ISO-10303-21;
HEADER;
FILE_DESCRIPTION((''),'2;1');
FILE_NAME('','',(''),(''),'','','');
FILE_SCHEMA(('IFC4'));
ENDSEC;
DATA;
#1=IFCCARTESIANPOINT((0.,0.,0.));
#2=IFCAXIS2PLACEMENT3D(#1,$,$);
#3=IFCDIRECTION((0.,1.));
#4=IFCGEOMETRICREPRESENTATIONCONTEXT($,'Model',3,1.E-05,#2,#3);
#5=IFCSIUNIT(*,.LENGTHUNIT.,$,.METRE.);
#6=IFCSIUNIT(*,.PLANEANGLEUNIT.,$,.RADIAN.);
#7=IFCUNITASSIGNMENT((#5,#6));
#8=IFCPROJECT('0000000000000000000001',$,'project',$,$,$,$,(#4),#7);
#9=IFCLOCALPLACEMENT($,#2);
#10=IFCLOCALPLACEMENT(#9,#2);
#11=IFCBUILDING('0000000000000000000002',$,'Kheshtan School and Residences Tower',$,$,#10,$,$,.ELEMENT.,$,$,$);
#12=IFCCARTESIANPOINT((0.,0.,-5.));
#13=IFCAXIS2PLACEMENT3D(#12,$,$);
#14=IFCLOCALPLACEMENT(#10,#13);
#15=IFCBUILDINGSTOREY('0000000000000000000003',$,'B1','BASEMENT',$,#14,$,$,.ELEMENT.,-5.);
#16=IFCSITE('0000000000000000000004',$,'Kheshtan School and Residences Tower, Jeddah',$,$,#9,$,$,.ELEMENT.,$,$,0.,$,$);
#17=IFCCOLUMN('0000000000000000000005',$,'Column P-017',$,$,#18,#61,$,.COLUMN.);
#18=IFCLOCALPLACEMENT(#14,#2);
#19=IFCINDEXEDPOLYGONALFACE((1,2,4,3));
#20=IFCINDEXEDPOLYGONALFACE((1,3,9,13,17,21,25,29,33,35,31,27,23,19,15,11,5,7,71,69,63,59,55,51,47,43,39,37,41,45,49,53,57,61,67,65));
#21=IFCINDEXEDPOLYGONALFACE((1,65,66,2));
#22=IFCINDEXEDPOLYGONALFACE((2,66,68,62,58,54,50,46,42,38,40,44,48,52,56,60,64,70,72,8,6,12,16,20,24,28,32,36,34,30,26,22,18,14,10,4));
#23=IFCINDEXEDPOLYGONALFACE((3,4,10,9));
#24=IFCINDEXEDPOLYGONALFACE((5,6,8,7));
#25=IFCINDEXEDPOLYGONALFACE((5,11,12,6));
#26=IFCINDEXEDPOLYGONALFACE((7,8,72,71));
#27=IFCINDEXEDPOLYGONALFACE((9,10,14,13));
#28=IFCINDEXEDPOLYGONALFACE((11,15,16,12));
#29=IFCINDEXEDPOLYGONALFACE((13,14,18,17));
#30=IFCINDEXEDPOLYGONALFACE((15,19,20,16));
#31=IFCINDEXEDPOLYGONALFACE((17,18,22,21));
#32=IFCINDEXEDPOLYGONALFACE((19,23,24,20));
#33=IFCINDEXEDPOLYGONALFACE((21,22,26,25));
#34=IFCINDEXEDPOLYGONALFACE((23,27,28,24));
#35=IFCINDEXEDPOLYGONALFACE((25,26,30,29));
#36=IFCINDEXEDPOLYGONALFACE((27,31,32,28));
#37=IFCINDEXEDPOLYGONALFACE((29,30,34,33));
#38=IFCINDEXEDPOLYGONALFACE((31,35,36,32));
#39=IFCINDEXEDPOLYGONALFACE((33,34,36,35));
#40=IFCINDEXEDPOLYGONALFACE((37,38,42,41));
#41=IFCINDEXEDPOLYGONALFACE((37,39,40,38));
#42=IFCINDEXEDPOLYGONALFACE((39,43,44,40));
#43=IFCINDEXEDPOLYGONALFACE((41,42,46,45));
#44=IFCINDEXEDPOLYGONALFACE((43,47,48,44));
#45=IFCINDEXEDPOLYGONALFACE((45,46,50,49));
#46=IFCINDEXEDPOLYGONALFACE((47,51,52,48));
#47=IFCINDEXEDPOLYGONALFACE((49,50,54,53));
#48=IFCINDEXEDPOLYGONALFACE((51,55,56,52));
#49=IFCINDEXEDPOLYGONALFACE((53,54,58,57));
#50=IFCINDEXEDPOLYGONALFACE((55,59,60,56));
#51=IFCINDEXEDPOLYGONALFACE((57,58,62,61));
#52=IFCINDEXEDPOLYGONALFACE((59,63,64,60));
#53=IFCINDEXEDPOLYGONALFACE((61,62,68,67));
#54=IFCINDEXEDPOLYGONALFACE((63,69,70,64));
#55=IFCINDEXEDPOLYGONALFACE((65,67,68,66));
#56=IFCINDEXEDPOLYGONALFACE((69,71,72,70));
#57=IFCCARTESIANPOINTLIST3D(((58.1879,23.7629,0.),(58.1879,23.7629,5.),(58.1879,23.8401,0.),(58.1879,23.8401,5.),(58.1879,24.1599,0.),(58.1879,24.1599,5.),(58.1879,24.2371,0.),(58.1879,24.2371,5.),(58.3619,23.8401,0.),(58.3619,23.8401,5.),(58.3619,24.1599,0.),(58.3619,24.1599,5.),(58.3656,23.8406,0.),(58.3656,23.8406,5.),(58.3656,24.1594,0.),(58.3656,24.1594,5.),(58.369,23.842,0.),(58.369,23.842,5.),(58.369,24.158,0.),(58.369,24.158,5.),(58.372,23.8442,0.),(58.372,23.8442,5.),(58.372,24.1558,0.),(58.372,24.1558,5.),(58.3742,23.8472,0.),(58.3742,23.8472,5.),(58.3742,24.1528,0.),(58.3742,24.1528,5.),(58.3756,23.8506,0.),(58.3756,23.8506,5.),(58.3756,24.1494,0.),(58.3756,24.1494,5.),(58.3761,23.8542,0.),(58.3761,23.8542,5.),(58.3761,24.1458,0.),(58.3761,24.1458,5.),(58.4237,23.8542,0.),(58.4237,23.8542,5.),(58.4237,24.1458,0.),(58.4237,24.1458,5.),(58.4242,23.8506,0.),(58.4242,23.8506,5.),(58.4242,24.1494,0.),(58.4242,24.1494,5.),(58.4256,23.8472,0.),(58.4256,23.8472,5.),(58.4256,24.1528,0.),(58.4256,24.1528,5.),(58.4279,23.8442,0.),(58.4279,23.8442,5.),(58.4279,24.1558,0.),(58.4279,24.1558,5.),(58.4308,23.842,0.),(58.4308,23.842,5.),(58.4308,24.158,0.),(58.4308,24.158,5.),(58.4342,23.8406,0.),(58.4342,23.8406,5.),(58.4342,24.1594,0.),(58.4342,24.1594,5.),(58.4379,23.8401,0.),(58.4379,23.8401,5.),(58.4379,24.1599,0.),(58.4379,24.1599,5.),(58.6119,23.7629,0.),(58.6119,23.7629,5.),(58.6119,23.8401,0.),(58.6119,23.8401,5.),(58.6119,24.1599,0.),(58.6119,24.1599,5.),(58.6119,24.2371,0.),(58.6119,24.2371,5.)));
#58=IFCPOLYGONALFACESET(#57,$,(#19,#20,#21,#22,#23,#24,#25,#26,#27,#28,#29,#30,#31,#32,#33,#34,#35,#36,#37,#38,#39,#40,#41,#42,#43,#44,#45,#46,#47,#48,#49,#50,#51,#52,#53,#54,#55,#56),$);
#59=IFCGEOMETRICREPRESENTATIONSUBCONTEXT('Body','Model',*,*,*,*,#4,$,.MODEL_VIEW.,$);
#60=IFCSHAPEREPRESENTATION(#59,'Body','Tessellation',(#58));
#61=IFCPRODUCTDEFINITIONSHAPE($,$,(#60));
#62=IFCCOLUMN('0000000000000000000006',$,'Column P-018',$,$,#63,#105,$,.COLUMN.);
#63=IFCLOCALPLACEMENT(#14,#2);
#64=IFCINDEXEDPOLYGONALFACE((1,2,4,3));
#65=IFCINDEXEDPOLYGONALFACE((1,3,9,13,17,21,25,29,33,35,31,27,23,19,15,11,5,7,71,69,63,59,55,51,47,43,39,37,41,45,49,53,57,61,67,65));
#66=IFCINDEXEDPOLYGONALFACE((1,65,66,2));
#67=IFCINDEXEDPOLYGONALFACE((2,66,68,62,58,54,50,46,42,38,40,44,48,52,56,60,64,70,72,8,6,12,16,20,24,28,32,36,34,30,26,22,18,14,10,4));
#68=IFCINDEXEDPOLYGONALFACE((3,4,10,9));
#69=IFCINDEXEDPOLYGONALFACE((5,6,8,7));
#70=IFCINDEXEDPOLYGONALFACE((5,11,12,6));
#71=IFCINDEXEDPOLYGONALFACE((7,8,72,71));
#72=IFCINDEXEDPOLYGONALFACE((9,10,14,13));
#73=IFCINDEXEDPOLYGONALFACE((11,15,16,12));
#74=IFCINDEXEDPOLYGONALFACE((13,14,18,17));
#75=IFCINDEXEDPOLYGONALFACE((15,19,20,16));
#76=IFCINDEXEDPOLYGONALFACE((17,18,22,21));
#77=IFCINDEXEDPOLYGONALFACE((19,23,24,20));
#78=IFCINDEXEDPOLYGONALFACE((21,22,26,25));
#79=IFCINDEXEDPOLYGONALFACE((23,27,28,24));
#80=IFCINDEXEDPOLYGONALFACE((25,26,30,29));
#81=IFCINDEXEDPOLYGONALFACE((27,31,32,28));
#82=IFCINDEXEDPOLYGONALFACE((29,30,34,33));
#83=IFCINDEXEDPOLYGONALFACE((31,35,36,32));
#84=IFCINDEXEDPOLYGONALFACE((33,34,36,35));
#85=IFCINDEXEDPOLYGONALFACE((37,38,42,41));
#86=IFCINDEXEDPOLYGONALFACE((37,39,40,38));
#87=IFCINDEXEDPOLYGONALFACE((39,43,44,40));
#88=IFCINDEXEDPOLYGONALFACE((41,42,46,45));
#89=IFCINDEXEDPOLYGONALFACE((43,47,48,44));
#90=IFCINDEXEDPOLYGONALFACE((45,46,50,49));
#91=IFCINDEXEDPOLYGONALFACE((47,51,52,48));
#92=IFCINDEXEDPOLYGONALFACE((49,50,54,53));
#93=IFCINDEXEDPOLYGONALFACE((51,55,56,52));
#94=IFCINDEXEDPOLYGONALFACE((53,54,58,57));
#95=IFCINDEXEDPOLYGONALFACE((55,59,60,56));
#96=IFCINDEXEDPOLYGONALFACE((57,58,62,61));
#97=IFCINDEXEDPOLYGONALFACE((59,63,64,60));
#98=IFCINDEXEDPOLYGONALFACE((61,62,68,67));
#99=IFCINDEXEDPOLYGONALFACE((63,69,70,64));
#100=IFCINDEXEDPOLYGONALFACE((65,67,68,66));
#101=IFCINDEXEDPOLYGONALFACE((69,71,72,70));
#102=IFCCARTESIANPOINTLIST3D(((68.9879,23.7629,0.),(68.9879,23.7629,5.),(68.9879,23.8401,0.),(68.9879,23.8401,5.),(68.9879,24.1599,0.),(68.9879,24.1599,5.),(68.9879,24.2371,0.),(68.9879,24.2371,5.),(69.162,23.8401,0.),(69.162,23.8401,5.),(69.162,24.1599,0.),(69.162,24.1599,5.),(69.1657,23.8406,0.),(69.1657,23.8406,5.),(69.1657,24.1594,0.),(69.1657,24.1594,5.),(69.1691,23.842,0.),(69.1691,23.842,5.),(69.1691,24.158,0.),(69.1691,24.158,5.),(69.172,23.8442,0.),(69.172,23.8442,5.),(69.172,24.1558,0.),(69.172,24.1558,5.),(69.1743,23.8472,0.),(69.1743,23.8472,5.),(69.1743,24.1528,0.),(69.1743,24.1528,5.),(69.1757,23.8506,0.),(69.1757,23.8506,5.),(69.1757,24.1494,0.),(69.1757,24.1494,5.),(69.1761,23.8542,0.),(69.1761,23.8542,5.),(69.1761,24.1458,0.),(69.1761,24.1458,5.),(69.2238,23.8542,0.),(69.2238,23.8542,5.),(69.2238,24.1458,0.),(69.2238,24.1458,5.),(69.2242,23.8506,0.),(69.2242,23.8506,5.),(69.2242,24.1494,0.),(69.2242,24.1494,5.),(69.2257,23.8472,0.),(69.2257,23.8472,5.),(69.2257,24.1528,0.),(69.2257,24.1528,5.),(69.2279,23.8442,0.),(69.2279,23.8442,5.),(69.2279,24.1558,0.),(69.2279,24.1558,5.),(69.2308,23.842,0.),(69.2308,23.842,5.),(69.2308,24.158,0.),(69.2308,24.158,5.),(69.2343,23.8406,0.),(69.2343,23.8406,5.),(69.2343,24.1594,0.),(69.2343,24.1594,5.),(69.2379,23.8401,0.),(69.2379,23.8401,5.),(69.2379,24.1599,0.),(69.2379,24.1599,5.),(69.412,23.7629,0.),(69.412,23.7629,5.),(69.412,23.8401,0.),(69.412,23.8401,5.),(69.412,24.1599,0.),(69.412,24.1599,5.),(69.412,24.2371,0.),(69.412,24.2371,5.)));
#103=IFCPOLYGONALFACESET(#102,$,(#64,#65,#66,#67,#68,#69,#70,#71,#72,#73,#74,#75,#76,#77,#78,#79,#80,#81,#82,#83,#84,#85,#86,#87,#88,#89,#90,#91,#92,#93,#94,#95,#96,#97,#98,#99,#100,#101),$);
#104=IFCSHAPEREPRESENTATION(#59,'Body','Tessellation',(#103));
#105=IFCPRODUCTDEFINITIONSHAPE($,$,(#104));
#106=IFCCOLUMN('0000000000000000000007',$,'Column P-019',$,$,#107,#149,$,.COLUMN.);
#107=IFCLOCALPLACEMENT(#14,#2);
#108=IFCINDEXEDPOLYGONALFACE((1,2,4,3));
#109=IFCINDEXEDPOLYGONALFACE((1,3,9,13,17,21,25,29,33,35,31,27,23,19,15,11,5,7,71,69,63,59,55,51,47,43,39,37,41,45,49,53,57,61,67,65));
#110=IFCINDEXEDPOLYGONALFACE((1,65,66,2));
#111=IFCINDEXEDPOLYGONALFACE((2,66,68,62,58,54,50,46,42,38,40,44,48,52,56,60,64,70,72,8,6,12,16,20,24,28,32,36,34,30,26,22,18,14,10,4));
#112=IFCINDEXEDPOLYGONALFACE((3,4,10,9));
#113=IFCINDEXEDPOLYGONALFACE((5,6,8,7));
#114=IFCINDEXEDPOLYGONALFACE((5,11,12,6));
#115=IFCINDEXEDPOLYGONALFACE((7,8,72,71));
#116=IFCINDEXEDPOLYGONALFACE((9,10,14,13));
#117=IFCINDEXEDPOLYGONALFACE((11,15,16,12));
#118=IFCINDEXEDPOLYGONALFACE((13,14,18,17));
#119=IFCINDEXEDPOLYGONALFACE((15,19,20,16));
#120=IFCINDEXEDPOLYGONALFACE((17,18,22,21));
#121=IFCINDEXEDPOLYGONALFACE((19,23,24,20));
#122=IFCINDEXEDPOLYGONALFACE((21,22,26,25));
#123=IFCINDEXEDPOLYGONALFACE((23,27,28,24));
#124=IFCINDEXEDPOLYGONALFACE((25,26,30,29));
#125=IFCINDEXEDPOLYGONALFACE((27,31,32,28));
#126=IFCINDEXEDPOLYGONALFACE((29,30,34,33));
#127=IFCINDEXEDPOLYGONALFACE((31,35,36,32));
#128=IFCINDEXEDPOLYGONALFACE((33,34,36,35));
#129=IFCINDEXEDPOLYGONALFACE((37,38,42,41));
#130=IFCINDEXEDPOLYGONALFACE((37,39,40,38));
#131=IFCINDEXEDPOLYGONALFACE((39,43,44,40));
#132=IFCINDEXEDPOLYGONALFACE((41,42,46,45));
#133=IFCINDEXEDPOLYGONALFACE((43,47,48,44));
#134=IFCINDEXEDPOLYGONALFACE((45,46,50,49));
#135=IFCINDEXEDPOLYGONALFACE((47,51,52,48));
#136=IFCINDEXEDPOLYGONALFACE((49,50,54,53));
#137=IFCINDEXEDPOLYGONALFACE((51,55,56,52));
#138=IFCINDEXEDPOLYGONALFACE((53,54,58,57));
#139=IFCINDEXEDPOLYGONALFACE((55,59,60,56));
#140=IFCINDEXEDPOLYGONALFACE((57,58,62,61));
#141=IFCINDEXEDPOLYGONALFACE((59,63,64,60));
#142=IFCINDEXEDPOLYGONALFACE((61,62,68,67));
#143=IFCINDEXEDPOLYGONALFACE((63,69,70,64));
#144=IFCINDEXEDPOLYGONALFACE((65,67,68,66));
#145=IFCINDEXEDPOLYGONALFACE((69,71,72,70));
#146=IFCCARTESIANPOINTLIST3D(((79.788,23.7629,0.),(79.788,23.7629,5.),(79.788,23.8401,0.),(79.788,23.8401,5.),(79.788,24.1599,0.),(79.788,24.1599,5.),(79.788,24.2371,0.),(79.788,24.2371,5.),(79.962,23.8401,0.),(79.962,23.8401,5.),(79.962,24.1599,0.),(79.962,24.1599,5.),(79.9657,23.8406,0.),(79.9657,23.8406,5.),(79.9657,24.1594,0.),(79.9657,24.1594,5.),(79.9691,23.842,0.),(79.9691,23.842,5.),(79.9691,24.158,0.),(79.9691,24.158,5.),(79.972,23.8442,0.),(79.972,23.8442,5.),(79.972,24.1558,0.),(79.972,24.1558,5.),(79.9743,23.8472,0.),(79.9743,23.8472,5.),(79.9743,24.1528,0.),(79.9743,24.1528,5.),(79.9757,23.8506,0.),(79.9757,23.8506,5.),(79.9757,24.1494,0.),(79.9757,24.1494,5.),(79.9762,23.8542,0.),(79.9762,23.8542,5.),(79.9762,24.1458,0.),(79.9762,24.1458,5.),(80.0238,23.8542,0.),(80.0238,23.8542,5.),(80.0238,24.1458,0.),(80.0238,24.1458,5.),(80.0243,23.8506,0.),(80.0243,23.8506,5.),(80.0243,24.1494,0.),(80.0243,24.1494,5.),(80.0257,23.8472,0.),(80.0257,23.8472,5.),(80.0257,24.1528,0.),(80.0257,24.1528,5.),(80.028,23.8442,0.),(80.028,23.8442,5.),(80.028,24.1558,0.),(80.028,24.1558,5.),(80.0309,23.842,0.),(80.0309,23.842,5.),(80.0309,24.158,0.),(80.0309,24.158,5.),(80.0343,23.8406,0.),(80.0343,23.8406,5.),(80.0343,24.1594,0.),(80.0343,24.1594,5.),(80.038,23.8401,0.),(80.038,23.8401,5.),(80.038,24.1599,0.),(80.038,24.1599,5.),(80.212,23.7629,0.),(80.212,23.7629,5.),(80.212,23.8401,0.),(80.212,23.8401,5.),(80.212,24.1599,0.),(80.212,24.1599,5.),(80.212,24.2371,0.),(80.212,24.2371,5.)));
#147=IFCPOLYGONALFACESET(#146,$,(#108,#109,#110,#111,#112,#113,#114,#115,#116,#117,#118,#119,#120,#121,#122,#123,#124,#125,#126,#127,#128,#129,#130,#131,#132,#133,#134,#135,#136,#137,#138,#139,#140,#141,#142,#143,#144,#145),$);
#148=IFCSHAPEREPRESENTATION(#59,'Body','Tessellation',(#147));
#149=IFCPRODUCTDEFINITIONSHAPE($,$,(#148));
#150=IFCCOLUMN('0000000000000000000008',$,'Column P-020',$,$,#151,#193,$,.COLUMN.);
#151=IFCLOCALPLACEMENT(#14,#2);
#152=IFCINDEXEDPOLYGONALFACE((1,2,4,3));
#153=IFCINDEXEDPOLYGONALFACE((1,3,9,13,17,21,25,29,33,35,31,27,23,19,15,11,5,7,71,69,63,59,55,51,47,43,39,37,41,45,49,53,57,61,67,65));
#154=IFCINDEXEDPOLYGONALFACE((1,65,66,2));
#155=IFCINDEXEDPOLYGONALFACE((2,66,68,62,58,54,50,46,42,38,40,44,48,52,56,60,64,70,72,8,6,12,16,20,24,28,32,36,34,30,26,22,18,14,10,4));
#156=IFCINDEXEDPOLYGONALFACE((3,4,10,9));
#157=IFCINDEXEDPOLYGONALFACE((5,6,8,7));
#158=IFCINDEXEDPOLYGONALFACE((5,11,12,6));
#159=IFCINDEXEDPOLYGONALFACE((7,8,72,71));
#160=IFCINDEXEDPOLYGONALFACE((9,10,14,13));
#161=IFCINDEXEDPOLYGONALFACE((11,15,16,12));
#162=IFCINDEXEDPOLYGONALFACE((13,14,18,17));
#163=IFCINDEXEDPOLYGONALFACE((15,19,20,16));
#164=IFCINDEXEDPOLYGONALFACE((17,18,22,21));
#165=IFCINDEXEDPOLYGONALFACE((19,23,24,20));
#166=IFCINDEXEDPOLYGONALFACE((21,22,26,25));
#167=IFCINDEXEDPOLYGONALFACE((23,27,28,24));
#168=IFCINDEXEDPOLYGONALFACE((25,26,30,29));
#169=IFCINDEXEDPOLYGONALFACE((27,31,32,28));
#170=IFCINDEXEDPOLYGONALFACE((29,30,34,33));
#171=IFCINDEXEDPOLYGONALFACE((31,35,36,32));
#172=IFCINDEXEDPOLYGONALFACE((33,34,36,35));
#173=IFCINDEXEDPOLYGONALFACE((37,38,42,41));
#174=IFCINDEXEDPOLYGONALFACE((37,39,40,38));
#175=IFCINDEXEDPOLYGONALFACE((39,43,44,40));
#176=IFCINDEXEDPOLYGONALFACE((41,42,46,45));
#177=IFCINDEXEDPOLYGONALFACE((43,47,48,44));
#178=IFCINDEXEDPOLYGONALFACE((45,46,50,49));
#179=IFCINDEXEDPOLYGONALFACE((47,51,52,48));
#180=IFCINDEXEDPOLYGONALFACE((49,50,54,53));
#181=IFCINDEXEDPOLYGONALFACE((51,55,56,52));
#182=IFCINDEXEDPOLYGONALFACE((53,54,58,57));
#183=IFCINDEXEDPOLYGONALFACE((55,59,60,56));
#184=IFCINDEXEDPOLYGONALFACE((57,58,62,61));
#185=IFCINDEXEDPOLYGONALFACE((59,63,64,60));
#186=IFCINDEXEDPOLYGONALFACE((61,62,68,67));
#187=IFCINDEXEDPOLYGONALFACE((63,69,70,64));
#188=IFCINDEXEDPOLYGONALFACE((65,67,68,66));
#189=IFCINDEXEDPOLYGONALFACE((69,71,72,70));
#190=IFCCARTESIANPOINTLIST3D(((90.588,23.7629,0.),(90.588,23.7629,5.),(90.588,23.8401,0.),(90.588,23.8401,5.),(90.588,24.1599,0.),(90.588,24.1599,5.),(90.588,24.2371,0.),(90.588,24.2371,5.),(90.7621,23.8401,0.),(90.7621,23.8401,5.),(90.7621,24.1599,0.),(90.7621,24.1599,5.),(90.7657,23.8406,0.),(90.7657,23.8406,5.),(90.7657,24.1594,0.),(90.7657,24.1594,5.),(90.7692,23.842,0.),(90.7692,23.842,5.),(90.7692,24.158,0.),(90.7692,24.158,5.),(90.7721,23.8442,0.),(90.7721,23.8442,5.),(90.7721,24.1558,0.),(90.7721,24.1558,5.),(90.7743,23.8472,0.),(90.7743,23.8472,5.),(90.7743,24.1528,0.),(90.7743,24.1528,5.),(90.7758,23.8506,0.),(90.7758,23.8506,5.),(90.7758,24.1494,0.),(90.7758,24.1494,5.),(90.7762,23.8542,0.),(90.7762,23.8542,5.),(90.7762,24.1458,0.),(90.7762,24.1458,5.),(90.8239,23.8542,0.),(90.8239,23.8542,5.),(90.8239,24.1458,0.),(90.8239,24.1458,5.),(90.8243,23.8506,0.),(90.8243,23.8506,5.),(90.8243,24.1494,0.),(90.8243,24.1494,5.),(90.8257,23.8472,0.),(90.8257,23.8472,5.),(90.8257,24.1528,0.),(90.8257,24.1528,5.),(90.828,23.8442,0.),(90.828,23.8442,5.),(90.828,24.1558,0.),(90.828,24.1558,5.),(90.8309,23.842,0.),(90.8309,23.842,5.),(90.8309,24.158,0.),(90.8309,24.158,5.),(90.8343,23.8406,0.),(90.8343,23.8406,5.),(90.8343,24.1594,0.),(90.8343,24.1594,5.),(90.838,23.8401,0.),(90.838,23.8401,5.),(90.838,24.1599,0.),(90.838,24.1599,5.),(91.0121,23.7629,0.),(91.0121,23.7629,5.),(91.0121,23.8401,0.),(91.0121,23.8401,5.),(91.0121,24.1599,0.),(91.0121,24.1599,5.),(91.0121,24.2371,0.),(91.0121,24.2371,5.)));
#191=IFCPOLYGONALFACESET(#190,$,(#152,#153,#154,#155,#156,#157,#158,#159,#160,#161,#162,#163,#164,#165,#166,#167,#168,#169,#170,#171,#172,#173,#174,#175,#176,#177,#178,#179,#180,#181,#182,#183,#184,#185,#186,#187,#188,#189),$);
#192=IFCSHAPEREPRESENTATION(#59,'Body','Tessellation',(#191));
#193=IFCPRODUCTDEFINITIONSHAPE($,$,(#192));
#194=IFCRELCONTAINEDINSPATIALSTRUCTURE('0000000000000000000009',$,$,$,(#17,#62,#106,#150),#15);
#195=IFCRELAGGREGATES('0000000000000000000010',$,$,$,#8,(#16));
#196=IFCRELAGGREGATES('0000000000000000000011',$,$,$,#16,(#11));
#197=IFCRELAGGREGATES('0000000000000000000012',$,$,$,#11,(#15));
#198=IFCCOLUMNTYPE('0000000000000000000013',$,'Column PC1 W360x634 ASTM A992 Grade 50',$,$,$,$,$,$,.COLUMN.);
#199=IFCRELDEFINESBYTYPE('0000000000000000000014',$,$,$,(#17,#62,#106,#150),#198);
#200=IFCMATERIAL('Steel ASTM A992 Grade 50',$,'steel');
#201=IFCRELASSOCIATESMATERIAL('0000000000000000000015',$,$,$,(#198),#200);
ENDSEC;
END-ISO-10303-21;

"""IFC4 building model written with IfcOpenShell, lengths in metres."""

from ifc_helpers import new_model, si_unit, direction, frame, origin, origin_2d, place, context, subcontext, project, spatial, i_section, extrude, material, material_profile, profile_set, type_object, element, save


model = new_model("IFC4")

# Units and contexts
model_context = context("Model", 3, precision=1e-05, world=origin(), true_north=direction((0.0, 1.0)))
body_context = subcontext(model_context, "Body", "Model", "MODEL_VIEW")
ifc_project = project(units=[si_unit("LENGTHUNIT", "METRE"), si_unit("PLANEANGLEUNIT", "RADIAN")], contexts=[model_context])

# Site, building, storey
site_placement = place(None, origin())
site = spatial("IfcSite", under=ifc_project, at=site_placement, Name="Kheshtan School and Residences Tower, Jeddah", CompositionType="ELEMENT", RefElevation=0.0)
building_placement = place(site_placement, origin())
building = spatial("IfcBuilding", under=site, at=building_placement, Name="Kheshtan School and Residences Tower", CompositionType="ELEMENT")
storey_placement = place(building_placement, frame((0.0, 0.0, -5.0)))
storey = spatial("IfcBuildingStorey", under=building, at=storey_placement, Name="B1", Description="BASEMENT", CompositionType="ELEMENT", Elevation=-5.0)

# Columns
ifc_material_1 = material(Name="Steel ASTM A992 Grade 50", Category="steel")
ifc_material_profile = material_profile(ifc_material_1, i_section(OverallWidth=0.4241, OverallDepth=0.4741, WebThickness=0.0476, FlangeThickness=0.0771, FilletRadius=0.0142, at=origin_2d()), Name="W360x634")
ifc_profile_set = profile_set([ifc_material_profile], Name="Steel ASTM A992 Grade 50")
column_type = type_object("IfcColumnType", Name="Column PC1 W360x634 ASTM A992 Grade 50", PredefinedType="COLUMN", material=ifc_profile_set)
for number, where, z_axis, x_axis, name in (
    (1, (58.3999, 24.0, 0.0), (0.0, 0.0, 1.0), (1.0, 0.0, 0.0), "Column P-017"),
    (2, (69.2, 24.0, 0.0), (0.0, 0.0, 1.0), (1.0, 0.0, 0.0), "Column P-018"),
    (3, (80.0, 24.0, 0.0), (0.0, 0.0, 1.0), (1.0, 0.0, 0.0), "Column P-019"),
    (4, (90.8, 24.0, 0.0), (0.0, 0.0, 1.0), (1.0, 0.0, 0.0), "Column P-020"),
):
    element("IfcColumn", number, at=place(storey_placement, frame(where, z_axis=z_axis, x_axis=x_axis)), inside=storey, type_object=column_type, Name=name, PredefinedType="COLUMN", context=body_context, shape_type="SweptSolid", body=[
        extrude(i_section(OverallWidth=0.4241, OverallDepth=0.4741, WebThickness=0.0476, FlangeThickness=0.0771, FilletRadius=0.0142, at=origin_2d()), origin(), (0.0, 0.0, 1.0), 5.0),
    ])

save(model, "model.ifc")
